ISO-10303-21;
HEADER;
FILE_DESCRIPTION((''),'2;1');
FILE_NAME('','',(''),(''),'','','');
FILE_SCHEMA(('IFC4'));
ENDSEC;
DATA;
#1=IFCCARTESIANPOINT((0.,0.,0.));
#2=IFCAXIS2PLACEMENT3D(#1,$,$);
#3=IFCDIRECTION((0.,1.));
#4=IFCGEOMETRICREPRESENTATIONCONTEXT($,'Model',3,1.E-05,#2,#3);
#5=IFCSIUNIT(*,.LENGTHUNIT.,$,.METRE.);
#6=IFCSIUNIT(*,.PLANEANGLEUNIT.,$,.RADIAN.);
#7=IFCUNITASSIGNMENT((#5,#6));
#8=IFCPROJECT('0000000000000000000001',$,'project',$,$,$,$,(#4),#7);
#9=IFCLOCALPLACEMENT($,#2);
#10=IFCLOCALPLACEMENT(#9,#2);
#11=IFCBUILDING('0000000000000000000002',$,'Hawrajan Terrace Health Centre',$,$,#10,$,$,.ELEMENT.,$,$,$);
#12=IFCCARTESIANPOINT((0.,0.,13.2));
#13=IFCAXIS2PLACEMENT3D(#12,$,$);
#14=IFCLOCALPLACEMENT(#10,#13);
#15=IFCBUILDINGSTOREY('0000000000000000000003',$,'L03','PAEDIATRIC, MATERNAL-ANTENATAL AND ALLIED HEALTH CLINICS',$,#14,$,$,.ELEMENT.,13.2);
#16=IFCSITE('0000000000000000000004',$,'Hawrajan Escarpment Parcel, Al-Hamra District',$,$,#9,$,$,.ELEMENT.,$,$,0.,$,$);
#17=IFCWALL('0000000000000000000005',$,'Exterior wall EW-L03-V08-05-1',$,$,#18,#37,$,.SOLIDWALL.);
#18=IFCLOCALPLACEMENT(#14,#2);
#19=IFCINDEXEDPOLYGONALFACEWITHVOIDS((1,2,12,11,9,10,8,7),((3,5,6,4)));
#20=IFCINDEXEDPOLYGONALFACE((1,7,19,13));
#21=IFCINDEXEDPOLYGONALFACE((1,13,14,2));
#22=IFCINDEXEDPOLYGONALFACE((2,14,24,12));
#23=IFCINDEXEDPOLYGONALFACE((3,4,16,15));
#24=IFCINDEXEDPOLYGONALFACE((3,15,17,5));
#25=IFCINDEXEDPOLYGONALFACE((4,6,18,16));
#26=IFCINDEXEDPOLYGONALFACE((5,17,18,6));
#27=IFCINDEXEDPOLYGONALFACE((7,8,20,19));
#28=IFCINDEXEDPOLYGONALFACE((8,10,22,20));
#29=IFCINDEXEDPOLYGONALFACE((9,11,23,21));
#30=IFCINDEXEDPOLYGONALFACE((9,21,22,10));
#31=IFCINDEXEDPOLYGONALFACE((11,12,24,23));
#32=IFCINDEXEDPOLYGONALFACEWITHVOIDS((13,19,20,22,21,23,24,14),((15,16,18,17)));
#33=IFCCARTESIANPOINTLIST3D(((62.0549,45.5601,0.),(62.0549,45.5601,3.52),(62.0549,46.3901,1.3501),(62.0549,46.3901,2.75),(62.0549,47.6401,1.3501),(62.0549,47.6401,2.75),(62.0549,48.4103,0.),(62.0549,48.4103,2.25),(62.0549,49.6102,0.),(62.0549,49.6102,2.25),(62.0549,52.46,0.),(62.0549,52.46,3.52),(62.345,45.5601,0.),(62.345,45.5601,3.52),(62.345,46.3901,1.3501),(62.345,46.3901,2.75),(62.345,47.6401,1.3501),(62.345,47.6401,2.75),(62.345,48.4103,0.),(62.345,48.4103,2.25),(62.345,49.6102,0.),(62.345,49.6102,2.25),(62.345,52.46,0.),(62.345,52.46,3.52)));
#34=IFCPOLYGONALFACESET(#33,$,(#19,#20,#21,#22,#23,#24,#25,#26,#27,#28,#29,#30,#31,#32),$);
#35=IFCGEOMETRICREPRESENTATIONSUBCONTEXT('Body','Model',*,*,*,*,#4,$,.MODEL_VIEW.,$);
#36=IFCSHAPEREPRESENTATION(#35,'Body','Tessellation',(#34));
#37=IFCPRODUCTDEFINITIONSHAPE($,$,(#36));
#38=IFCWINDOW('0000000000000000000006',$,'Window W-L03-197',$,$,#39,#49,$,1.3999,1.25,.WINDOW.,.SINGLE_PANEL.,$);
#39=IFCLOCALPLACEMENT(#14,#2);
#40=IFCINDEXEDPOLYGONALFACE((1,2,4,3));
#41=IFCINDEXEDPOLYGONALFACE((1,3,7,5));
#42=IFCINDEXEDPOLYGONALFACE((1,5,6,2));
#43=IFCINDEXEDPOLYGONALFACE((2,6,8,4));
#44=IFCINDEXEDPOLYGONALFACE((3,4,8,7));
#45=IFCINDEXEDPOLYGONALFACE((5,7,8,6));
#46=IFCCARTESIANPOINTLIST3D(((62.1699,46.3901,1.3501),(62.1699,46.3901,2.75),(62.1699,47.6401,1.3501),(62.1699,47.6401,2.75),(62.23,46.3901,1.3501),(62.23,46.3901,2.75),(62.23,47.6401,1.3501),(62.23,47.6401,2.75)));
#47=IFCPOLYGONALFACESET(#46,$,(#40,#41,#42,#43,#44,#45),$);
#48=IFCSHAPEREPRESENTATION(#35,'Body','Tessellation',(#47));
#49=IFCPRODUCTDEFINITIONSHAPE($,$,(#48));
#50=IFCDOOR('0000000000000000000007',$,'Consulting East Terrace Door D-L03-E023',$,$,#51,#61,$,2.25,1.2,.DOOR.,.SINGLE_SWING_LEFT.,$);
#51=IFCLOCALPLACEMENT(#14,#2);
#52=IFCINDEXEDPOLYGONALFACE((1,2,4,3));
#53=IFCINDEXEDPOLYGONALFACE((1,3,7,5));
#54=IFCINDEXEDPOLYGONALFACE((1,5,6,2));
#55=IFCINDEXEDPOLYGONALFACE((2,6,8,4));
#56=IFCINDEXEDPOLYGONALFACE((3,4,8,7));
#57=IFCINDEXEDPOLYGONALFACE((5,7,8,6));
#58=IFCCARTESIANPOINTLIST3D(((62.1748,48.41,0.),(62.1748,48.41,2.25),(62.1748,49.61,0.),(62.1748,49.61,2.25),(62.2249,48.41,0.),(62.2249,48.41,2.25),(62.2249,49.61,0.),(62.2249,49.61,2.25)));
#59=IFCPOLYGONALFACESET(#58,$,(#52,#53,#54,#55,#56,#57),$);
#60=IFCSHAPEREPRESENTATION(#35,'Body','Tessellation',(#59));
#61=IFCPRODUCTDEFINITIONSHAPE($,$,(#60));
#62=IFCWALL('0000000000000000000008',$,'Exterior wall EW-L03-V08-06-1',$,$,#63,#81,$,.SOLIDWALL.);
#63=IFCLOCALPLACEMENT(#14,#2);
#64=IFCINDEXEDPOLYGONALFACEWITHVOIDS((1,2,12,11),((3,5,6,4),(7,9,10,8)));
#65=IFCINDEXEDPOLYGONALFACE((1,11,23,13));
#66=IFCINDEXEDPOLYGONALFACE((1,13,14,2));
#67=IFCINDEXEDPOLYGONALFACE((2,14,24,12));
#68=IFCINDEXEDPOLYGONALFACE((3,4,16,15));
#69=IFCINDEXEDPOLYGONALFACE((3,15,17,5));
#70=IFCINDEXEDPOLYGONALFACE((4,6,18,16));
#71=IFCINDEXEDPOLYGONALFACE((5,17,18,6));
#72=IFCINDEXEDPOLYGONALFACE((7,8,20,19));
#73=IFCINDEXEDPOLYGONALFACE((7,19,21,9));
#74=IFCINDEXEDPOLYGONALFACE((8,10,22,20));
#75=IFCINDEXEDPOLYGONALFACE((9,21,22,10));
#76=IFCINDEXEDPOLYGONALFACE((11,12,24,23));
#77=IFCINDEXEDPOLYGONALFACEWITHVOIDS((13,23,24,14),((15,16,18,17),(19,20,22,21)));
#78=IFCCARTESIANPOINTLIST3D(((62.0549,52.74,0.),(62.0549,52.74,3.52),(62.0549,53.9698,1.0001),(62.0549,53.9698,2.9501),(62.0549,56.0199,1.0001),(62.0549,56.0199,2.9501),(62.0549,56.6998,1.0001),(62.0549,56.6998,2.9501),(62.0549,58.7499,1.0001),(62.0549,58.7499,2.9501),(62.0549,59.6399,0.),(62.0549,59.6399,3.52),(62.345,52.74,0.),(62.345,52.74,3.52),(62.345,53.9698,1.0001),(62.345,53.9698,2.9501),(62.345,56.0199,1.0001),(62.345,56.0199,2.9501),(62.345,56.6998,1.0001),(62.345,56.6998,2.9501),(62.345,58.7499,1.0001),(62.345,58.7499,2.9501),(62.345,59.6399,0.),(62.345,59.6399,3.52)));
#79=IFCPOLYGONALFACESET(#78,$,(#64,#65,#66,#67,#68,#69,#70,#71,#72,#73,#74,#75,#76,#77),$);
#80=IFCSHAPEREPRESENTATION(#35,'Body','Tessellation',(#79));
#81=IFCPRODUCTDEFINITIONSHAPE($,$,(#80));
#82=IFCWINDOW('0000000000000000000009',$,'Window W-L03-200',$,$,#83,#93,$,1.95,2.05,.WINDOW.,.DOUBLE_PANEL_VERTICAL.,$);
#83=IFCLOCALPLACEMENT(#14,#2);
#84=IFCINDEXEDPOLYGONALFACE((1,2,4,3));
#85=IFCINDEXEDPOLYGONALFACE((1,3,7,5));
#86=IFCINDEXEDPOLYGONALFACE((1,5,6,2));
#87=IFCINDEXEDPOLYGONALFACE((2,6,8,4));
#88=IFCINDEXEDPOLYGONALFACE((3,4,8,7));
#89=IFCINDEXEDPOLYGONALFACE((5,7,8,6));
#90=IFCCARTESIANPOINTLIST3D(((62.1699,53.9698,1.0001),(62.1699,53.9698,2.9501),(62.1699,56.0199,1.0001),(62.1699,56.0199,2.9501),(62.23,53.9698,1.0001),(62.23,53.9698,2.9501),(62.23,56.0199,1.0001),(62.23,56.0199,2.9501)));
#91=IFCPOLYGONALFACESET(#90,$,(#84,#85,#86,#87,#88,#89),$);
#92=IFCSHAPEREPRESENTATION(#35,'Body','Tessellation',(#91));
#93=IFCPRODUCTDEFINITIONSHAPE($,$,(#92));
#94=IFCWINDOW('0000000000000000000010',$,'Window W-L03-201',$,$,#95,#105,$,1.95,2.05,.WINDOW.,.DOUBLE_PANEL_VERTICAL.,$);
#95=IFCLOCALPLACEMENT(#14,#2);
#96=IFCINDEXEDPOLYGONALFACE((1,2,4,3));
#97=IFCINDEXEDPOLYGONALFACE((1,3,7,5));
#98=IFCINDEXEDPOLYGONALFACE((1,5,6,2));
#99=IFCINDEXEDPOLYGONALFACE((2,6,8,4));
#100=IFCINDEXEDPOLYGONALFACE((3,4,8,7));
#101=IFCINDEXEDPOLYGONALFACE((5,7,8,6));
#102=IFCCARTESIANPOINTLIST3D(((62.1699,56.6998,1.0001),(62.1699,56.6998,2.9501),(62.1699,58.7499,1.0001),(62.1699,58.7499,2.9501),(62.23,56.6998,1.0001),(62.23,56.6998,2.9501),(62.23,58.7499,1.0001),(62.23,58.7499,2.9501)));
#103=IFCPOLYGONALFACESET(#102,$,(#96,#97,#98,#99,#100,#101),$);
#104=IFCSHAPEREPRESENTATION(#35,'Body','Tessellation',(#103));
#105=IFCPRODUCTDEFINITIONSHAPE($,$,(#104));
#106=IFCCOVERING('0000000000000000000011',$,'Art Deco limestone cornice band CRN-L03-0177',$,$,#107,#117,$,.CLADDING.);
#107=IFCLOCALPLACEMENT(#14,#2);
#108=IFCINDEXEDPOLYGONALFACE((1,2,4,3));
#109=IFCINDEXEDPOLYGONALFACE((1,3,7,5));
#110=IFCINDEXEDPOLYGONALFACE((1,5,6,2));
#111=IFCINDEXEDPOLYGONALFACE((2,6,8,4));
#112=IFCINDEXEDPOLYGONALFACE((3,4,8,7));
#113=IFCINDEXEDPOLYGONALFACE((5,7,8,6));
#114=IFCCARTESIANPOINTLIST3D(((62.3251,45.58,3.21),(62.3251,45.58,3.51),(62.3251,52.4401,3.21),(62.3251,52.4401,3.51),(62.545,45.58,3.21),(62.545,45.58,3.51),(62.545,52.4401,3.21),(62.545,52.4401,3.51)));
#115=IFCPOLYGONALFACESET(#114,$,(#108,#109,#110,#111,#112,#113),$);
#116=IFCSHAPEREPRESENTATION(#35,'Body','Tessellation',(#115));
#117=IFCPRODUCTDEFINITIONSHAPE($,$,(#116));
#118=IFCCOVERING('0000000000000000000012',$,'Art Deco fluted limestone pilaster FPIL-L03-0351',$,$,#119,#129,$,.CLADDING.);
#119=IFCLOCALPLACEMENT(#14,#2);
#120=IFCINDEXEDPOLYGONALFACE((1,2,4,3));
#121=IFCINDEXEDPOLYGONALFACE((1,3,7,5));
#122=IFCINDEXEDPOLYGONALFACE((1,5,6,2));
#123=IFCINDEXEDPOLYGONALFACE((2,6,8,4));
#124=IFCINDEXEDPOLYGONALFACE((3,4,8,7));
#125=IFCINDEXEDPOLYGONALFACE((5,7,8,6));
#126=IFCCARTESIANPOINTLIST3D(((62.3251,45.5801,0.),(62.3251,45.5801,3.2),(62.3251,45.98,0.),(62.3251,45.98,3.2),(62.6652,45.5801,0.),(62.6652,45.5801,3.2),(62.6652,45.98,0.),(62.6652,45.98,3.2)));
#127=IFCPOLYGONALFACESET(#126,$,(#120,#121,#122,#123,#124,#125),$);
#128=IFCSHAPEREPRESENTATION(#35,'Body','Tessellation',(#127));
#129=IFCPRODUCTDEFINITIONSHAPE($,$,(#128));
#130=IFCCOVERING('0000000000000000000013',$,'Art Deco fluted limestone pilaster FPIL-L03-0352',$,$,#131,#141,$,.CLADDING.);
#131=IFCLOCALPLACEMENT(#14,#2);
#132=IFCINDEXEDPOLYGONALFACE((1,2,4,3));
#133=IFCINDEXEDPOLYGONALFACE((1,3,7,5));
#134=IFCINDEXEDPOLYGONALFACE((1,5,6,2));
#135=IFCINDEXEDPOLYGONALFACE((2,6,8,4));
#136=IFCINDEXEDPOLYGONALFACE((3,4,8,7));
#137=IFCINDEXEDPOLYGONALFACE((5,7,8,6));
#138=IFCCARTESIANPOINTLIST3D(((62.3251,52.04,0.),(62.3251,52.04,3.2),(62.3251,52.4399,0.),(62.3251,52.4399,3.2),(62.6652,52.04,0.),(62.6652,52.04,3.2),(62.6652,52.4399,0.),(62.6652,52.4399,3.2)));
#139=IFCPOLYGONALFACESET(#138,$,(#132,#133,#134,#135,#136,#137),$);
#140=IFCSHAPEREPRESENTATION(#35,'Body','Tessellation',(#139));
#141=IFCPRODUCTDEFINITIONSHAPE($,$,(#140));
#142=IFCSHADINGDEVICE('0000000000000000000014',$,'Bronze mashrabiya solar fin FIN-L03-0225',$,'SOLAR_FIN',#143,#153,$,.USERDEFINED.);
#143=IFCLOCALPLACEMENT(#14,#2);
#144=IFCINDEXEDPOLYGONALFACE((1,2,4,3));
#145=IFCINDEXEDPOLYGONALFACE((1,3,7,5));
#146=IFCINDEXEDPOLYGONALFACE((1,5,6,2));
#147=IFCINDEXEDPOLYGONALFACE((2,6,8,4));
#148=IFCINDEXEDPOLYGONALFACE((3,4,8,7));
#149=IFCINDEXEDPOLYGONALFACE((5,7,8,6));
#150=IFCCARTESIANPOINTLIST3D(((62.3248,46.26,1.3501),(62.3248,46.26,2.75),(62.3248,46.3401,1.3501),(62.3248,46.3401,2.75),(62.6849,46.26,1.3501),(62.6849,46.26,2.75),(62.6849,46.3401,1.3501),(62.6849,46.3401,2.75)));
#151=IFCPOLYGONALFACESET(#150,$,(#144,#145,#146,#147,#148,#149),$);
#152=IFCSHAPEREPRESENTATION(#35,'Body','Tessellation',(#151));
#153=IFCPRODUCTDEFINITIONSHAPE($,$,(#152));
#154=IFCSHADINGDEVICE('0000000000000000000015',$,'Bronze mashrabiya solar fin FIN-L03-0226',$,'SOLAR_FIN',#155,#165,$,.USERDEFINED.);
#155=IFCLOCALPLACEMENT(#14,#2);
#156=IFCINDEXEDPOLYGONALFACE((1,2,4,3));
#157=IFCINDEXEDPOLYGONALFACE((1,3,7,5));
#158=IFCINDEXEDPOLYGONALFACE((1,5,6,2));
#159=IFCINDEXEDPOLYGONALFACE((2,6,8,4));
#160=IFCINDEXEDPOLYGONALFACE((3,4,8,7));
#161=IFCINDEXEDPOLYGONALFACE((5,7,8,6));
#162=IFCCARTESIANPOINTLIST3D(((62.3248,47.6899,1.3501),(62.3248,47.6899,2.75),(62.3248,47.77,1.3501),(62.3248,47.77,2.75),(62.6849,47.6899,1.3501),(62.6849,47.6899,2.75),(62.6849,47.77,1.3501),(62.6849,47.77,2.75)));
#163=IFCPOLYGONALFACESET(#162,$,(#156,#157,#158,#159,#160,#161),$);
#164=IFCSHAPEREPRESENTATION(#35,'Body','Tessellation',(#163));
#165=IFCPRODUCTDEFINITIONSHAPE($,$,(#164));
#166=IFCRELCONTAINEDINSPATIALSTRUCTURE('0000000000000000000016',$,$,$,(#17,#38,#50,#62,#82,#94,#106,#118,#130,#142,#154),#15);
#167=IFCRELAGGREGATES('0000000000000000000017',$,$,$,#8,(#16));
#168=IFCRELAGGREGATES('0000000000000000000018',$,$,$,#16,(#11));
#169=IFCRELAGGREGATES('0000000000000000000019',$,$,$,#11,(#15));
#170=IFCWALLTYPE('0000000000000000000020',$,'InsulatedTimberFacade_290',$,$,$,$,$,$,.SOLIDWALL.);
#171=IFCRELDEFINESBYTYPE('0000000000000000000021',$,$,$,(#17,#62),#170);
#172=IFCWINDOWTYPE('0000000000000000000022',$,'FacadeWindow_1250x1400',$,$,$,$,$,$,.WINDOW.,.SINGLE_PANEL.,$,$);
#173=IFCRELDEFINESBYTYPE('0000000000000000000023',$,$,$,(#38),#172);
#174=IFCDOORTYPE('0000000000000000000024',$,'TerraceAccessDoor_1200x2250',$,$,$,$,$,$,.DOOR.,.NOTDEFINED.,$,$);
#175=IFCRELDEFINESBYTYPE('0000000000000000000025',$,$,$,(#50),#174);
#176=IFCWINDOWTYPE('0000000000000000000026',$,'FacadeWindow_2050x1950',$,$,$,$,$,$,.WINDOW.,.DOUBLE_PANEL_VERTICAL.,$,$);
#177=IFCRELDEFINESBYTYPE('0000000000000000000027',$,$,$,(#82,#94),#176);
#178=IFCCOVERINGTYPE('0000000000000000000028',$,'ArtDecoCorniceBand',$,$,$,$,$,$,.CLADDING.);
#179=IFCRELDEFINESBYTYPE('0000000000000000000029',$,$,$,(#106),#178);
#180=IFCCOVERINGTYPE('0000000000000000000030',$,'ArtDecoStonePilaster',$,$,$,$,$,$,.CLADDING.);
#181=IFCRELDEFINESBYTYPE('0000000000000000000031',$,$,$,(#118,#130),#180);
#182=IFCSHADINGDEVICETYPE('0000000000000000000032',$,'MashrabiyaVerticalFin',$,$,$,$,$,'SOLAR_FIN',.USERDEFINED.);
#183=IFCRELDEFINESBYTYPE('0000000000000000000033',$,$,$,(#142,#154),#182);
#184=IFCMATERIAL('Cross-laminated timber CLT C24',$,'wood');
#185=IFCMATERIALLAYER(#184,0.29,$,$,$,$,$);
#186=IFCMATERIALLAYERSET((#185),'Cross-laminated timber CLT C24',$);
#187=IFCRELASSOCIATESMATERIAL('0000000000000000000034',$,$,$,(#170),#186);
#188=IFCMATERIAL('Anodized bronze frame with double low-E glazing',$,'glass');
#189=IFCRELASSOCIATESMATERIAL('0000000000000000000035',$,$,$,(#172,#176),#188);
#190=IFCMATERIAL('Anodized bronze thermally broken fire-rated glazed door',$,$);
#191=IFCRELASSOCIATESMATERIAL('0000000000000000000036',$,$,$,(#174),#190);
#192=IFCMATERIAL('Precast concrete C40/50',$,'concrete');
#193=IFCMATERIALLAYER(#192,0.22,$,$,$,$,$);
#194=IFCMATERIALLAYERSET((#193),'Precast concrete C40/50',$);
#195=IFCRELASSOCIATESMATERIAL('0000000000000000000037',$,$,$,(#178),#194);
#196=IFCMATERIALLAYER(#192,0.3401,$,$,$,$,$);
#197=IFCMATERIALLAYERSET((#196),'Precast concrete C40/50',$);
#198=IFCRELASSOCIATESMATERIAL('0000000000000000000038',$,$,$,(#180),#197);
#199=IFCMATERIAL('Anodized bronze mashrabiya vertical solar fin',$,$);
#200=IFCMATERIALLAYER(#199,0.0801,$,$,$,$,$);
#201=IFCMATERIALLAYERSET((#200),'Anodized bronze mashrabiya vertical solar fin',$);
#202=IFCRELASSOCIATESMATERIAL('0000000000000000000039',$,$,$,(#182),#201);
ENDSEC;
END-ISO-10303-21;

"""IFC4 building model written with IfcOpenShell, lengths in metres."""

from ifc_helpers import new_model, si_unit, direction, frame, frame_2d, origin, origin_2d, place, context, subcontext, project, spatial, rectangle, extrude, material, layer, layer_set, type_object, element, fill, save


model = new_model("IFC4")

# Units and contexts
model_context = context("Model", 3, precision=1e-05, world=origin(), true_north=direction((0.0, 1.0)))
body_context = subcontext(model_context, "Body", "Model", "MODEL_VIEW")
ifc_project = project(units=[si_unit("LENGTHUNIT", "METRE"), si_unit("PLANEANGLEUNIT", "RADIAN")], contexts=[model_context])

# Site, building, storey
site_placement = place(None, origin())
site = spatial("IfcSite", under=ifc_project, at=site_placement, Name="Hawrajan Escarpment Parcel, Al-Hamra District", CompositionType="ELEMENT", RefElevation=0.0)
building_placement = place(site_placement, origin())
building = spatial("IfcBuilding", under=site, at=building_placement, Name="Hawrajan Terrace Health Centre", CompositionType="ELEMENT")
storey_placement = place(building_placement, frame((0.0, 0.0, 13.2)))
storey = spatial("IfcBuildingStorey", under=building, at=storey_placement, Name="L03", Description="PAEDIATRIC, MATERNAL-ANTENATAL AND ALLIED HEALTH CLINICS", CompositionType="ELEMENT", Elevation=13.2)

# Wall, openings, window, door
ifc_material_1 = material(Name="Cross-laminated timber CLT C24", Category="wood")
ifc_layer_1 = layer(ifc_material_1, 0.29)
ifc_layer_set_1 = layer_set([ifc_layer_1], Name="Cross-laminated timber CLT C24")
wall_type_1 = type_object("IfcWallType", Name="InsulatedTimberFacade_290", PredefinedType="SOLIDWALL", material=ifc_layer_set_1)
wall_1_placement = place(storey_placement, frame((62.2, 45.5601, 0.0), z_axis=(0.0, 0.0, 1.0), x_axis=(0.0, 1.0, 0.0)))
wall_1 = element("IfcWall", 1, at=wall_1_placement, inside=storey, type_object=wall_type_1, Name="Exterior wall EW-L03-V08-05-1", PredefinedType="SOLIDWALL", context=body_context, shape_type="SweptSolid", body=[
    extrude(rectangle(XDim=6.8999, YDim=0.29, at=frame_2d((3.45, 0.0))), origin(), (0.0, 0.0, 1.0), 3.52),
])
opening_1_placement = place(wall_1_placement, frame((2.8501, 0.0, 0.0)))
opening_1 = element("IfcOpeningElement", 2, at=opening_1_placement, cuts=wall_1, PredefinedType="OPENING", context=body_context, shape_type="SweptSolid", body=[
    extrude(rectangle(XDim=1.2, YDim=2.25, at=frame_2d((0.6001, 1.125))), frame((0.0, 0.155, 0.0), z_axis=(0.0, -1.0, 0.0), x_axis=(1.0, 0.0, 0.0)), (0.0, 0.0, 1.0), 0.3101),
])
opening_2_placement = place(wall_1_placement, frame((0.8301, 0.0, 1.3501)))
opening_2 = element("IfcOpeningElement", 3, at=opening_2_placement, cuts=wall_1, PredefinedType="OPENING", context=body_context, shape_type="SweptSolid", body=[
    extrude(rectangle(XDim=1.25, YDim=1.3999, at=frame_2d((0.625, 0.7))), frame((0.0, 0.155, 0.0), z_axis=(0.0, -1.0, 0.0), x_axis=(1.0, 0.0, 0.0)), (0.0, 0.0, 1.0), 0.3101),
])
ifc_material_2 = material(Name="Anodized bronze frame with double low-E glazing", Category="glass")
window_type_1 = type_object("IfcWindowType", Name="FacadeWindow_1250x1400", PartitioningType="SINGLE_PANEL", PredefinedType="WINDOW", material=ifc_material_2)
window_1_placement = place(opening_2_placement, origin())
window_1 = element("IfcWindow", 4, at=window_1_placement, inside=storey, type_object=window_type_1, Name="Window W-L03-197", OverallHeight=1.3999, OverallWidth=1.25, PartitioningType="SINGLE_PANEL", PredefinedType="WINDOW", context=body_context, shape_type="SweptSolid", body=[
    extrude(rectangle(XDim=1.25, YDim=1.3999, at=frame_2d((0.625, 0.7))), frame((0.0, 0.03, 0.0), z_axis=(0.0, -1.0, 0.0), x_axis=(1.0, 0.0, 0.0)), (0.0, 0.0, 1.0), 0.0601),
])
fill(opening_2, window_1)
ifc_material_3 = material(Name="Anodized bronze thermally broken fire-rated glazed door")
door_type_1 = type_object("IfcDoorType", Name="TerraceAccessDoor_1200x2250", OperationType="NOTDEFINED", PredefinedType="DOOR", material=ifc_material_3)
door_1_placement = place(opening_1_placement, frame((1.2, 0.0, 0.0), z_axis=(0.0, 0.0, 1.0), x_axis=(-1.0, 0.0, 0.0)))
door_1 = element("IfcDoor", 5, at=door_1_placement, inside=storey, type_object=door_type_1, Name="Consulting East Terrace Door D-L03-E023", OperationType="SINGLE_SWING_LEFT", OverallHeight=2.25, OverallWidth=1.2, PredefinedType="DOOR", context=body_context, shape_type="SweptSolid", body=[
    extrude(rectangle(XDim=1.2, YDim=2.25, at=frame_2d((0.6001, 1.125))), frame((0.0, 0.0249, 0.0), z_axis=(0.0, -1.0, 0.0), x_axis=(1.0, 0.0, 0.0)), (0.0, 0.0, 1.0), 0.05),
])
fill(opening_1, door_1)

# Wall, openings, windows
wall_2_placement = place(storey_placement, frame((62.2, 52.74, 0.0), z_axis=(0.0, 0.0, 1.0), x_axis=(0.0, 1.0, 0.0)))
wall_2 = element("IfcWall", 6, at=wall_2_placement, inside=storey, type_object=wall_type_1, Name="Exterior wall EW-L03-V08-06-1", PredefinedType="SOLIDWALL", context=body_context, shape_type="SweptSolid", body=[
    extrude(rectangle(XDim=6.8999, YDim=0.29, at=frame_2d((3.45, 0.0))), origin(), (0.0, 0.0, 1.0), 3.52),
])
opening_3_placement = place(wall_2_placement, frame((1.23, 0.0, 1.0)))
opening_3 = element("IfcOpeningElement", 7, at=opening_3_placement, cuts=wall_2, PredefinedType="OPENING", context=body_context, shape_type="SweptSolid", body=[
    extrude(rectangle(XDim=2.05, YDim=1.95, at=frame_2d((1.0249, 0.9751))), frame((0.0, 0.155, 0.0), z_axis=(0.0, -1.0, 0.0), x_axis=(1.0, 0.0, 0.0)), (0.0, 0.0, 1.0), 0.3101),
])
opening_4_placement = place(wall_2_placement, frame((3.96, 0.0, 1.0)))
opening_4 = element("IfcOpeningElement", 8, at=opening_4_placement, cuts=wall_2, PredefinedType="OPENING", context=body_context, shape_type="SweptSolid", body=[
    extrude(rectangle(XDim=2.05, YDim=1.95, at=frame_2d((1.0249, 0.9751))), frame((0.0, 0.155, 0.0), z_axis=(0.0, -1.0, 0.0), x_axis=(1.0, 0.0, 0.0)), (0.0, 0.0, 1.0), 0.3101),
])
window_type_2 = type_object("IfcWindowType", Name="FacadeWindow_2050x1950", PartitioningType="DOUBLE_PANEL_VERTICAL", PredefinedType="WINDOW", material=ifc_material_2)
window_2_placement = place(opening_3_placement, origin())
window_2 = element("IfcWindow", 9, at=window_2_placement, inside=storey, type_object=window_type_2, Name="Window W-L03-200", OverallHeight=1.95, OverallWidth=2.05, PartitioningType="DOUBLE_PANEL_VERTICAL", PredefinedType="WINDOW", context=body_context, shape_type="SweptSolid", body=[
    extrude(rectangle(XDim=2.05, YDim=1.95, at=frame_2d((1.0249, 0.9751))), frame((0.0, 0.03, 0.0), z_axis=(0.0, -1.0, 0.0), x_axis=(1.0, 0.0, 0.0)), (0.0, 0.0, 1.0), 0.0601),
])
fill(opening_3, window_2)
window_3_placement = place(opening_4_placement, origin())
window_3 = element("IfcWindow", 10, at=window_3_placement, inside=storey, type_object=window_type_2, Name="Window W-L03-201", OverallHeight=1.95, OverallWidth=2.05, PartitioningType="DOUBLE_PANEL_VERTICAL", PredefinedType="WINDOW", context=body_context, shape_type="SweptSolid", body=[
    extrude(rectangle(XDim=2.05, YDim=1.95, at=frame_2d((1.0249, 0.9751))), frame((0.0, 0.03, 0.0), z_axis=(0.0, -1.0, 0.0), x_axis=(1.0, 0.0, 0.0)), (0.0, 0.0, 1.0), 0.0601),
])
fill(opening_4, window_3)

# Coverings
ifc_material_4 = material(Name="Precast concrete C40/50", Category="concrete")
ifc_layer_2 = layer(ifc_material_4, 0.22)
ifc_layer_set_2 = layer_set([ifc_layer_2], Name="Precast concrete C40/50")
covering_type_1 = type_object("IfcCoveringType", Name="ArtDecoCorniceBand", PredefinedType="CLADDING", material=ifc_layer_set_2)
covering_placement = place(storey_placement, frame((62.4351, 49.01, 3.21), z_axis=(0.0, 0.0, 1.0), x_axis=(0.0, 1.0, 0.0)))
element("IfcCovering", 11, at=covering_placement, inside=storey, type_object=covering_type_1, Name="Art Deco limestone cornice band CRN-L03-0177", PredefinedType="CLADDING", context=body_context, shape_type="SweptSolid", body=[
    extrude(rectangle(XDim=6.8601, YDim=0.22, at=origin_2d()), origin(), (0.0, 0.0, 1.0), 0.3),
])
ifc_layer_3 = layer(ifc_material_4, 0.3401)
ifc_layer_set_3 = layer_set([ifc_layer_3], Name="Precast concrete C40/50")
covering_type_2 = type_object("IfcCoveringType", Name="ArtDecoStonePilaster", PredefinedType="CLADDING", material=ifc_layer_set_3)
for number, where, z_axis, x_axis, name in (
    (12, (62.4951, 45.78, 0.0), (0.0, 0.0, 1.0), (0.0, 1.0, 0.0), "Art Deco fluted limestone pilaster FPIL-L03-0351"),
    (13, (62.4951, 52.24, 0.0), (0.0, 0.0, 1.0), (0.0, 1.0, 0.0), "Art Deco fluted limestone pilaster FPIL-L03-0352"),
):
    element("IfcCovering", number, at=place(storey_placement, frame(where, z_axis=z_axis, x_axis=x_axis)), inside=storey, type_object=covering_type_2, Name=name, PredefinedType="CLADDING", context=body_context, shape_type="SweptSolid", body=[
        extrude(rectangle(XDim=0.3999, YDim=0.3401, at=origin_2d()), origin(), (0.0, 0.0, 1.0), 3.2),
    ])

# Shading devices
ifc_material_5 = material(Name="Anodized bronze mashrabiya vertical solar fin")
ifc_layer_4 = layer(ifc_material_5, 0.0801)
ifc_layer_set_4 = layer_set([ifc_layer_4], Name="Anodized bronze mashrabiya vertical solar fin")
shading_device_type = type_object("IfcShadingDeviceType", Name="MashrabiyaVerticalFin", ElementType="SOLAR_FIN", PredefinedType="USERDEFINED", material=ifc_layer_set_4)
for number, where, z_axis, x_axis, name in (
    (14, (62.5049, 46.3, 1.3501), (0.0, 0.0, 1.0), (0.0, 1.0, 0.0), "Bronze mashrabiya solar fin FIN-L03-0225"),
    (15, (62.5049, 47.73, 1.3501), (0.0, 0.0, 1.0), (0.0, 1.0, 0.0), "Bronze mashrabiya solar fin FIN-L03-0226"),
):
    element("IfcShadingDevice", number, at=place(storey_placement, frame(where, z_axis=z_axis, x_axis=x_axis)), inside=storey, type_object=shading_device_type, Name=name, ObjectType="SOLAR_FIN", PredefinedType="USERDEFINED", context=body_context, shape_type="SweptSolid", body=[
        extrude(rectangle(XDim=0.0801, YDim=0.3601, at=origin_2d()), origin(), (0.0, 0.0, 1.0), 1.3999),
    ])

save(model, "model.ifc")
